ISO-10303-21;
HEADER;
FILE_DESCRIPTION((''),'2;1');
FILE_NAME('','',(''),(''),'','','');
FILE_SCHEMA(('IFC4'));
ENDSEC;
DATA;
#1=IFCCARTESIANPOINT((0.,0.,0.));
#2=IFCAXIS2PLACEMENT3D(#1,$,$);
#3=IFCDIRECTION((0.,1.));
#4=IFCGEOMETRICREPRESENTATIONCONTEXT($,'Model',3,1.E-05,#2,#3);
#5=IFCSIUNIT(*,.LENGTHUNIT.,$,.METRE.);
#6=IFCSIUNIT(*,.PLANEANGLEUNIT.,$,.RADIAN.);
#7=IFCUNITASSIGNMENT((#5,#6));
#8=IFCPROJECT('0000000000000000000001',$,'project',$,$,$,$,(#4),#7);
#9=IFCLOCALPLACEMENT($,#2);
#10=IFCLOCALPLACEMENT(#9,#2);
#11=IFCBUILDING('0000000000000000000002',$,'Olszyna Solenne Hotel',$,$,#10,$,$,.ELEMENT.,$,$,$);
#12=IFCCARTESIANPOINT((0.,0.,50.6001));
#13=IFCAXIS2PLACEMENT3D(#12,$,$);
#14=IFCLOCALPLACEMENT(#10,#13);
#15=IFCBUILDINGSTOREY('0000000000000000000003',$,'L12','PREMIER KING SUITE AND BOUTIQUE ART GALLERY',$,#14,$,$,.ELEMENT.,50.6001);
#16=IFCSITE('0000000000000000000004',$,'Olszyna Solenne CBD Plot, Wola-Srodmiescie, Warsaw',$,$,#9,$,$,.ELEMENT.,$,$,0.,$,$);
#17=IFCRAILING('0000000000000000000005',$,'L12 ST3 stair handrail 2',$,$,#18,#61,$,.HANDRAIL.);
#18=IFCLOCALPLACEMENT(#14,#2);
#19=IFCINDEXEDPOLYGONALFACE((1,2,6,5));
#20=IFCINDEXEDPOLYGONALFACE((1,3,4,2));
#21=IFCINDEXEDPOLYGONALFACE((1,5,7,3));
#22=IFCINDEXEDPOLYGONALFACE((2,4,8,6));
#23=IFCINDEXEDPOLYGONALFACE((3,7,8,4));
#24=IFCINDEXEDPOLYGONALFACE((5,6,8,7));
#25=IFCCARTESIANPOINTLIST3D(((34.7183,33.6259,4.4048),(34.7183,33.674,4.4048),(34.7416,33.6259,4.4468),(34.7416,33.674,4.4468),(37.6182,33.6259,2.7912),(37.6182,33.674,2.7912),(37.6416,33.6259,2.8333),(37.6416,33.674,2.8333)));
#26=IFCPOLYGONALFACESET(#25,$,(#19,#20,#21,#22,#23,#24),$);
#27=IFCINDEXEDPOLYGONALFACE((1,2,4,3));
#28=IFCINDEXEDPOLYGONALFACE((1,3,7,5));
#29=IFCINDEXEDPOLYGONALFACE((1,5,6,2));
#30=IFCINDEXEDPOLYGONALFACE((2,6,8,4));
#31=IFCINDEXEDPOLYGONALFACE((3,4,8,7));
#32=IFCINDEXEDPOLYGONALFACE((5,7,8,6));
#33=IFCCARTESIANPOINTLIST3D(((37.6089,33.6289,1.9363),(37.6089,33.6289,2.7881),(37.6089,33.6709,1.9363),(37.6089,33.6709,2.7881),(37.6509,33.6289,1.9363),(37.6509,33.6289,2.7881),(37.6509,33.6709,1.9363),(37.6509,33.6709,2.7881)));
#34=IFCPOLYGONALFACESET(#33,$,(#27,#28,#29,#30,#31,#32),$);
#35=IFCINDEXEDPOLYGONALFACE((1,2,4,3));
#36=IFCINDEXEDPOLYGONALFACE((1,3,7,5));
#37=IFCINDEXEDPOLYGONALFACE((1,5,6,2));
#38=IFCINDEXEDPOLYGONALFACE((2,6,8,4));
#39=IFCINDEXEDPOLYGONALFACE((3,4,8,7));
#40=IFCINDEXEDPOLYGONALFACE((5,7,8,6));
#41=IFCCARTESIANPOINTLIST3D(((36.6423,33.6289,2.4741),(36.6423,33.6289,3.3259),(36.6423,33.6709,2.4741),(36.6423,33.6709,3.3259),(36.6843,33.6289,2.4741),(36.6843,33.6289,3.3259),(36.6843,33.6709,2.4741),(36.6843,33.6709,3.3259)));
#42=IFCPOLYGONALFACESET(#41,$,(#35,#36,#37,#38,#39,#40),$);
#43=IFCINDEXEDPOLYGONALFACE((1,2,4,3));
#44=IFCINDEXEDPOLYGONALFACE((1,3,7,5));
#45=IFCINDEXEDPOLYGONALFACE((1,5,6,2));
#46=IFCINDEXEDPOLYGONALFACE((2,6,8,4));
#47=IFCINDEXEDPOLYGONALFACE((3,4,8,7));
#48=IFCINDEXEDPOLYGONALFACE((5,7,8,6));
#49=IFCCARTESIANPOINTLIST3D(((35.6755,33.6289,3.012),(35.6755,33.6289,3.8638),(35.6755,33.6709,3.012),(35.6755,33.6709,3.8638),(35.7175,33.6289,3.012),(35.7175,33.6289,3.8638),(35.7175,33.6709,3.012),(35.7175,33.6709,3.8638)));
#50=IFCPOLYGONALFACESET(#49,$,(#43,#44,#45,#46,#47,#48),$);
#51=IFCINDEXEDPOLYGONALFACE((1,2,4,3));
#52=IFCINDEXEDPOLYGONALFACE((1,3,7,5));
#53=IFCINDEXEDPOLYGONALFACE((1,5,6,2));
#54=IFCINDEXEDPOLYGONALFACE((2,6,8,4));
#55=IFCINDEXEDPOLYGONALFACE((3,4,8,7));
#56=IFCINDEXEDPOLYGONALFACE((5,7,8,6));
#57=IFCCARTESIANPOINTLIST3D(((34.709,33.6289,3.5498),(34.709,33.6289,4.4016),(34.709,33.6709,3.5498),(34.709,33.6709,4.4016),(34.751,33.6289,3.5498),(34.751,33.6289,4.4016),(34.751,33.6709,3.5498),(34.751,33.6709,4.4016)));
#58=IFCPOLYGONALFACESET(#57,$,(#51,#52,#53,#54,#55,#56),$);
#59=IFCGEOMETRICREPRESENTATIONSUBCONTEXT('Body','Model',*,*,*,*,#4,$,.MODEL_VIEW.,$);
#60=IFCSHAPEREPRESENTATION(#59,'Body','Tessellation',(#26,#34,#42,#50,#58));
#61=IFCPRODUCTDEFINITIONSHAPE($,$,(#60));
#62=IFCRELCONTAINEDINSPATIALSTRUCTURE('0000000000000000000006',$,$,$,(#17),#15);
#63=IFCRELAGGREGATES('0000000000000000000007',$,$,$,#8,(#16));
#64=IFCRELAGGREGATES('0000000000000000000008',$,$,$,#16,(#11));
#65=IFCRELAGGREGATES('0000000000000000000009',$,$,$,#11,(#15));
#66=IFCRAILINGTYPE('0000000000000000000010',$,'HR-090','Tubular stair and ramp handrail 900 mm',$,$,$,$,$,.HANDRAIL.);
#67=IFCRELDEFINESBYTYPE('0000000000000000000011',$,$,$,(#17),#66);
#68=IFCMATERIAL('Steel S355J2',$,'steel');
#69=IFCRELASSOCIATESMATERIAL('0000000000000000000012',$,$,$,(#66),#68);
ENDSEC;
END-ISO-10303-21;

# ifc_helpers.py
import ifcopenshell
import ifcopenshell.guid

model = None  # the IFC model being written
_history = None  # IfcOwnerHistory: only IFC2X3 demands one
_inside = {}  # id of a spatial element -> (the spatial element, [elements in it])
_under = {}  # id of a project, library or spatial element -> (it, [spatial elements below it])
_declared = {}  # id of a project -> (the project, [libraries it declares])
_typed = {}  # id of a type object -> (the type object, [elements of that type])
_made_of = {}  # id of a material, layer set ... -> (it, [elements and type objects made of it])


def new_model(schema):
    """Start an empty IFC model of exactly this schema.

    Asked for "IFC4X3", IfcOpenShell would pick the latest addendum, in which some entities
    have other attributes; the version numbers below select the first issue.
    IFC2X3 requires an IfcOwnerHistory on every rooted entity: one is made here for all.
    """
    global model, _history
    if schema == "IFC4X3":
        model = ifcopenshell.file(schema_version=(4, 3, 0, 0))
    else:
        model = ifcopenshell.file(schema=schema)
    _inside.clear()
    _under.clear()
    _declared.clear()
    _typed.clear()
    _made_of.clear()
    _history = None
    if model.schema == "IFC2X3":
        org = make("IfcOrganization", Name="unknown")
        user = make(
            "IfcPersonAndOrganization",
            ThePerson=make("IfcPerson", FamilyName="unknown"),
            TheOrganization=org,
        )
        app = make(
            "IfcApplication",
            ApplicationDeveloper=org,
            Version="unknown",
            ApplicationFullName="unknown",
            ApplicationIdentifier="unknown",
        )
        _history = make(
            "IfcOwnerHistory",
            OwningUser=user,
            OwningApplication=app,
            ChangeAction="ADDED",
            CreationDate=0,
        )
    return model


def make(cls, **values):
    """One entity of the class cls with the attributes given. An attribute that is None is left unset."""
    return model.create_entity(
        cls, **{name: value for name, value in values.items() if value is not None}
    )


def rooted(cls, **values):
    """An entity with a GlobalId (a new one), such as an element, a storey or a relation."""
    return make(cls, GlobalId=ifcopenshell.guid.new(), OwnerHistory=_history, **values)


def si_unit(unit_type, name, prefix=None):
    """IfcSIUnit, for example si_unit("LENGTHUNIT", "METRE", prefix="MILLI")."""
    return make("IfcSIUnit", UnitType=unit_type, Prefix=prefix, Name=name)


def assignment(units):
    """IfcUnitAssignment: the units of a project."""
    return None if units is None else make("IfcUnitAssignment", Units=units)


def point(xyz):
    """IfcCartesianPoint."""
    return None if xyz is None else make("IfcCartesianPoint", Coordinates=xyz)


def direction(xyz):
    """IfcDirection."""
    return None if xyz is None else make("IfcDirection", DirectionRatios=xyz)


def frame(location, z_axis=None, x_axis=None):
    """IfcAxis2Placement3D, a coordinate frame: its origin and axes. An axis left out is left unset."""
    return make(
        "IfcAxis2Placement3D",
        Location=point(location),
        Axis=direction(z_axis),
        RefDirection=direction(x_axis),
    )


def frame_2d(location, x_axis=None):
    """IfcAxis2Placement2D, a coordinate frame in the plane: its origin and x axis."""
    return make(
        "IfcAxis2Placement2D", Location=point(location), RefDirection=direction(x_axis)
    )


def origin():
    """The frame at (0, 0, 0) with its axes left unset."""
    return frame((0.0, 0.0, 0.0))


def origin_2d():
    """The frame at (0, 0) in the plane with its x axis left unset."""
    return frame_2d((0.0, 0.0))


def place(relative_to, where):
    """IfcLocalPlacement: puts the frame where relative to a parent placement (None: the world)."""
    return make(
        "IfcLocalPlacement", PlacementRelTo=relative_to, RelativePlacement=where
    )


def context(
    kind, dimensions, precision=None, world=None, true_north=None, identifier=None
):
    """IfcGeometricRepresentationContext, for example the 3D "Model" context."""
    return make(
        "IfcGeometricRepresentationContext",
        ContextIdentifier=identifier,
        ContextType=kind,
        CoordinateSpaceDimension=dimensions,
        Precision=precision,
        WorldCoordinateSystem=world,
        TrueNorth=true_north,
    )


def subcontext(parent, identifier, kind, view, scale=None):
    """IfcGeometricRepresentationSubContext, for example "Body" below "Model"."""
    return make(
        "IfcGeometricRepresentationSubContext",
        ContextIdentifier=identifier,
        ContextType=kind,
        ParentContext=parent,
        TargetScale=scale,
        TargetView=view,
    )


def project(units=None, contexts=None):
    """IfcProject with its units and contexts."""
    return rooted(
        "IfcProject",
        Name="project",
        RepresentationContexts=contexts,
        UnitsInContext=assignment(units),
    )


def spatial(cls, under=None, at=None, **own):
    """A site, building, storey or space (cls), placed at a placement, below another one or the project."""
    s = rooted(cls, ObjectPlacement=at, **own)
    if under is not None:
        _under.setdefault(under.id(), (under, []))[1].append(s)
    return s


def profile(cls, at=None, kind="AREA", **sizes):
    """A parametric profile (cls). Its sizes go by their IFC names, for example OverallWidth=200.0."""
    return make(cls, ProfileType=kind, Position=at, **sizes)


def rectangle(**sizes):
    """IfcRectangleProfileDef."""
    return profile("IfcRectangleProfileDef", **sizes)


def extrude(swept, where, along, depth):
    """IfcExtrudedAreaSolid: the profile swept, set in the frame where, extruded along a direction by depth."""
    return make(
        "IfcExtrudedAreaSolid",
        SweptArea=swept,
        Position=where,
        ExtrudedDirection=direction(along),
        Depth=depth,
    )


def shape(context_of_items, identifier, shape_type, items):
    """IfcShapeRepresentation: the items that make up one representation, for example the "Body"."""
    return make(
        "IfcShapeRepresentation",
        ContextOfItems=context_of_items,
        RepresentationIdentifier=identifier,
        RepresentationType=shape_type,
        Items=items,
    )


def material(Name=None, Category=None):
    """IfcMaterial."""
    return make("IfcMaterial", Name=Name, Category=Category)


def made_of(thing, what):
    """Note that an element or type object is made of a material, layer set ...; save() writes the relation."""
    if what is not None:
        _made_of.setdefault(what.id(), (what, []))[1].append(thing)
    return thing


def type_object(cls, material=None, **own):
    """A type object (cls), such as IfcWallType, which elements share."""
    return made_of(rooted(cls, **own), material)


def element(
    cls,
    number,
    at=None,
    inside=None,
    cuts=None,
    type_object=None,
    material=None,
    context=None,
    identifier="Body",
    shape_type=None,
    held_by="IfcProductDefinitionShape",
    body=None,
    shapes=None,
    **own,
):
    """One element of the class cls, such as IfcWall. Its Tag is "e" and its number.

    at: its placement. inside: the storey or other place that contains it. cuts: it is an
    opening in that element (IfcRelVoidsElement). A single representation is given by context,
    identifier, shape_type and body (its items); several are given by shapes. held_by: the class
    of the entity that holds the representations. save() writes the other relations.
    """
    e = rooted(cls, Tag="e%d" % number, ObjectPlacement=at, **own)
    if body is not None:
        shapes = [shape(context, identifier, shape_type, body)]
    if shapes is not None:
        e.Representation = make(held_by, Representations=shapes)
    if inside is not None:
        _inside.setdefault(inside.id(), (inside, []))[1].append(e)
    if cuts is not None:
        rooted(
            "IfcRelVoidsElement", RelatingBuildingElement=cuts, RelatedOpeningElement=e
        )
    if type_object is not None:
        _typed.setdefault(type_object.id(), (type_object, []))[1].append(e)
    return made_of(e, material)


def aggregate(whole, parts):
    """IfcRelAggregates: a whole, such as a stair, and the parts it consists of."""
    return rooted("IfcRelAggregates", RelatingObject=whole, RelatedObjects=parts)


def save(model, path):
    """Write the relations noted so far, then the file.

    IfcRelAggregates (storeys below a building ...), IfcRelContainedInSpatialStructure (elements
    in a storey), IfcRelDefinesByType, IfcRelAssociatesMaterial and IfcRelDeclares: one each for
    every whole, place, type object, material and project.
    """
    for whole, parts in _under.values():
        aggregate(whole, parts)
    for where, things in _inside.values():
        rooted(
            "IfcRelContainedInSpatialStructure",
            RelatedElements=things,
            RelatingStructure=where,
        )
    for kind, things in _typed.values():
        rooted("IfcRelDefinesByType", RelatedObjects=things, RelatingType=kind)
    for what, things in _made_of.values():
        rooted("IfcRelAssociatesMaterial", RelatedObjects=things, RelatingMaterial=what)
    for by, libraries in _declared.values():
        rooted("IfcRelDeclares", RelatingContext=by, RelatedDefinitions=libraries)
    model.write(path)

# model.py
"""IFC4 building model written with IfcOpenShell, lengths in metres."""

from ifc_helpers import new_model, si_unit, direction, frame, origin, origin_2d, place, context, subcontext, project, spatial, rectangle, extrude, material, type_object, element, save


model = new_model("IFC4")

# Units and contexts
model_context = context("Model", 3, precision=1e-05, world=origin(), true_north=direction((0.0, 1.0)))
body_context = subcontext(model_context, "Body", "Model", "MODEL_VIEW")
ifc_project = project(units=[si_unit("LENGTHUNIT", "METRE"), si_unit("PLANEANGLEUNIT", "RADIAN")], contexts=[model_context])

# Site, building, storey
site_placement = place(None, origin())
site = spatial("IfcSite", under=ifc_project, at=site_placement, Name="Olszyna Solenne CBD Plot, Wola-Srodmiescie, Warsaw", CompositionType="ELEMENT", RefElevation=0.0)
building_placement = place(site_placement, origin())
building = spatial("IfcBuilding", under=site, at=building_placement, Name="Olszyna Solenne Hotel", CompositionType="ELEMENT")
storey_placement = place(building_placement, frame((0.0, 0.0, 50.6001)))
storey = spatial("IfcBuildingStorey", under=building, at=storey_placement, Name="L12", Description="PREMIER KING SUITE AND BOUTIQUE ART GALLERY", CompositionType="ELEMENT", Elevation=50.6001)

# Shared definitions
ifc_material_1 = material(Name="Steel S355J2", Category="steel")

# Railing
railing_type_1 = type_object("IfcRailingType", Name="HR-090", Description="Tubular stair and ramp handrail 900 mm", PredefinedType="HANDRAIL", material=ifc_material_1)
railing_1_placement = place(storey_placement, frame((37.6299, 33.6499, 1.9363)))
element("IfcRailing", 1, at=railing_1_placement, inside=storey, type_object=railing_type_1, Name="L12 ST3 stair handrail 2", PredefinedType="HANDRAIL", context=body_context, shape_type="SweptSolid", body=[
    extrude(rectangle(XDim=0.0481, YDim=0.0481, at=origin_2d()), frame((0.0, 0.0, 0.876), z_axis=(-0.873841, 0.0, 0.486211), x_axis=(0.0, -1.0, 0.0)), (0.0, 0.0, 1.0), 3.3186),
    extrude(rectangle(XDim=0.042, YDim=0.042, at=origin_2d()), origin(), (0.0, 0.0, 1.0), 0.8518),
    extrude(rectangle(XDim=0.042, YDim=0.042, at=origin_2d()), frame((-0.9666, 0.0, 0.5378)), (0.0, 0.0, 1.0), 0.8518),
    extrude(rectangle(XDim=0.042, YDim=0.042, at=origin_2d()), frame((-1.9333, 0.0, 1.0757)), (0.0, 0.0, 1.0), 0.8518),
    extrude(rectangle(XDim=0.042, YDim=0.042, at=origin_2d()), frame((-2.8999, 0.0, 1.6135)), (0.0, 0.0, 1.0), 0.8518),
])

save(model, "model.ifc")
